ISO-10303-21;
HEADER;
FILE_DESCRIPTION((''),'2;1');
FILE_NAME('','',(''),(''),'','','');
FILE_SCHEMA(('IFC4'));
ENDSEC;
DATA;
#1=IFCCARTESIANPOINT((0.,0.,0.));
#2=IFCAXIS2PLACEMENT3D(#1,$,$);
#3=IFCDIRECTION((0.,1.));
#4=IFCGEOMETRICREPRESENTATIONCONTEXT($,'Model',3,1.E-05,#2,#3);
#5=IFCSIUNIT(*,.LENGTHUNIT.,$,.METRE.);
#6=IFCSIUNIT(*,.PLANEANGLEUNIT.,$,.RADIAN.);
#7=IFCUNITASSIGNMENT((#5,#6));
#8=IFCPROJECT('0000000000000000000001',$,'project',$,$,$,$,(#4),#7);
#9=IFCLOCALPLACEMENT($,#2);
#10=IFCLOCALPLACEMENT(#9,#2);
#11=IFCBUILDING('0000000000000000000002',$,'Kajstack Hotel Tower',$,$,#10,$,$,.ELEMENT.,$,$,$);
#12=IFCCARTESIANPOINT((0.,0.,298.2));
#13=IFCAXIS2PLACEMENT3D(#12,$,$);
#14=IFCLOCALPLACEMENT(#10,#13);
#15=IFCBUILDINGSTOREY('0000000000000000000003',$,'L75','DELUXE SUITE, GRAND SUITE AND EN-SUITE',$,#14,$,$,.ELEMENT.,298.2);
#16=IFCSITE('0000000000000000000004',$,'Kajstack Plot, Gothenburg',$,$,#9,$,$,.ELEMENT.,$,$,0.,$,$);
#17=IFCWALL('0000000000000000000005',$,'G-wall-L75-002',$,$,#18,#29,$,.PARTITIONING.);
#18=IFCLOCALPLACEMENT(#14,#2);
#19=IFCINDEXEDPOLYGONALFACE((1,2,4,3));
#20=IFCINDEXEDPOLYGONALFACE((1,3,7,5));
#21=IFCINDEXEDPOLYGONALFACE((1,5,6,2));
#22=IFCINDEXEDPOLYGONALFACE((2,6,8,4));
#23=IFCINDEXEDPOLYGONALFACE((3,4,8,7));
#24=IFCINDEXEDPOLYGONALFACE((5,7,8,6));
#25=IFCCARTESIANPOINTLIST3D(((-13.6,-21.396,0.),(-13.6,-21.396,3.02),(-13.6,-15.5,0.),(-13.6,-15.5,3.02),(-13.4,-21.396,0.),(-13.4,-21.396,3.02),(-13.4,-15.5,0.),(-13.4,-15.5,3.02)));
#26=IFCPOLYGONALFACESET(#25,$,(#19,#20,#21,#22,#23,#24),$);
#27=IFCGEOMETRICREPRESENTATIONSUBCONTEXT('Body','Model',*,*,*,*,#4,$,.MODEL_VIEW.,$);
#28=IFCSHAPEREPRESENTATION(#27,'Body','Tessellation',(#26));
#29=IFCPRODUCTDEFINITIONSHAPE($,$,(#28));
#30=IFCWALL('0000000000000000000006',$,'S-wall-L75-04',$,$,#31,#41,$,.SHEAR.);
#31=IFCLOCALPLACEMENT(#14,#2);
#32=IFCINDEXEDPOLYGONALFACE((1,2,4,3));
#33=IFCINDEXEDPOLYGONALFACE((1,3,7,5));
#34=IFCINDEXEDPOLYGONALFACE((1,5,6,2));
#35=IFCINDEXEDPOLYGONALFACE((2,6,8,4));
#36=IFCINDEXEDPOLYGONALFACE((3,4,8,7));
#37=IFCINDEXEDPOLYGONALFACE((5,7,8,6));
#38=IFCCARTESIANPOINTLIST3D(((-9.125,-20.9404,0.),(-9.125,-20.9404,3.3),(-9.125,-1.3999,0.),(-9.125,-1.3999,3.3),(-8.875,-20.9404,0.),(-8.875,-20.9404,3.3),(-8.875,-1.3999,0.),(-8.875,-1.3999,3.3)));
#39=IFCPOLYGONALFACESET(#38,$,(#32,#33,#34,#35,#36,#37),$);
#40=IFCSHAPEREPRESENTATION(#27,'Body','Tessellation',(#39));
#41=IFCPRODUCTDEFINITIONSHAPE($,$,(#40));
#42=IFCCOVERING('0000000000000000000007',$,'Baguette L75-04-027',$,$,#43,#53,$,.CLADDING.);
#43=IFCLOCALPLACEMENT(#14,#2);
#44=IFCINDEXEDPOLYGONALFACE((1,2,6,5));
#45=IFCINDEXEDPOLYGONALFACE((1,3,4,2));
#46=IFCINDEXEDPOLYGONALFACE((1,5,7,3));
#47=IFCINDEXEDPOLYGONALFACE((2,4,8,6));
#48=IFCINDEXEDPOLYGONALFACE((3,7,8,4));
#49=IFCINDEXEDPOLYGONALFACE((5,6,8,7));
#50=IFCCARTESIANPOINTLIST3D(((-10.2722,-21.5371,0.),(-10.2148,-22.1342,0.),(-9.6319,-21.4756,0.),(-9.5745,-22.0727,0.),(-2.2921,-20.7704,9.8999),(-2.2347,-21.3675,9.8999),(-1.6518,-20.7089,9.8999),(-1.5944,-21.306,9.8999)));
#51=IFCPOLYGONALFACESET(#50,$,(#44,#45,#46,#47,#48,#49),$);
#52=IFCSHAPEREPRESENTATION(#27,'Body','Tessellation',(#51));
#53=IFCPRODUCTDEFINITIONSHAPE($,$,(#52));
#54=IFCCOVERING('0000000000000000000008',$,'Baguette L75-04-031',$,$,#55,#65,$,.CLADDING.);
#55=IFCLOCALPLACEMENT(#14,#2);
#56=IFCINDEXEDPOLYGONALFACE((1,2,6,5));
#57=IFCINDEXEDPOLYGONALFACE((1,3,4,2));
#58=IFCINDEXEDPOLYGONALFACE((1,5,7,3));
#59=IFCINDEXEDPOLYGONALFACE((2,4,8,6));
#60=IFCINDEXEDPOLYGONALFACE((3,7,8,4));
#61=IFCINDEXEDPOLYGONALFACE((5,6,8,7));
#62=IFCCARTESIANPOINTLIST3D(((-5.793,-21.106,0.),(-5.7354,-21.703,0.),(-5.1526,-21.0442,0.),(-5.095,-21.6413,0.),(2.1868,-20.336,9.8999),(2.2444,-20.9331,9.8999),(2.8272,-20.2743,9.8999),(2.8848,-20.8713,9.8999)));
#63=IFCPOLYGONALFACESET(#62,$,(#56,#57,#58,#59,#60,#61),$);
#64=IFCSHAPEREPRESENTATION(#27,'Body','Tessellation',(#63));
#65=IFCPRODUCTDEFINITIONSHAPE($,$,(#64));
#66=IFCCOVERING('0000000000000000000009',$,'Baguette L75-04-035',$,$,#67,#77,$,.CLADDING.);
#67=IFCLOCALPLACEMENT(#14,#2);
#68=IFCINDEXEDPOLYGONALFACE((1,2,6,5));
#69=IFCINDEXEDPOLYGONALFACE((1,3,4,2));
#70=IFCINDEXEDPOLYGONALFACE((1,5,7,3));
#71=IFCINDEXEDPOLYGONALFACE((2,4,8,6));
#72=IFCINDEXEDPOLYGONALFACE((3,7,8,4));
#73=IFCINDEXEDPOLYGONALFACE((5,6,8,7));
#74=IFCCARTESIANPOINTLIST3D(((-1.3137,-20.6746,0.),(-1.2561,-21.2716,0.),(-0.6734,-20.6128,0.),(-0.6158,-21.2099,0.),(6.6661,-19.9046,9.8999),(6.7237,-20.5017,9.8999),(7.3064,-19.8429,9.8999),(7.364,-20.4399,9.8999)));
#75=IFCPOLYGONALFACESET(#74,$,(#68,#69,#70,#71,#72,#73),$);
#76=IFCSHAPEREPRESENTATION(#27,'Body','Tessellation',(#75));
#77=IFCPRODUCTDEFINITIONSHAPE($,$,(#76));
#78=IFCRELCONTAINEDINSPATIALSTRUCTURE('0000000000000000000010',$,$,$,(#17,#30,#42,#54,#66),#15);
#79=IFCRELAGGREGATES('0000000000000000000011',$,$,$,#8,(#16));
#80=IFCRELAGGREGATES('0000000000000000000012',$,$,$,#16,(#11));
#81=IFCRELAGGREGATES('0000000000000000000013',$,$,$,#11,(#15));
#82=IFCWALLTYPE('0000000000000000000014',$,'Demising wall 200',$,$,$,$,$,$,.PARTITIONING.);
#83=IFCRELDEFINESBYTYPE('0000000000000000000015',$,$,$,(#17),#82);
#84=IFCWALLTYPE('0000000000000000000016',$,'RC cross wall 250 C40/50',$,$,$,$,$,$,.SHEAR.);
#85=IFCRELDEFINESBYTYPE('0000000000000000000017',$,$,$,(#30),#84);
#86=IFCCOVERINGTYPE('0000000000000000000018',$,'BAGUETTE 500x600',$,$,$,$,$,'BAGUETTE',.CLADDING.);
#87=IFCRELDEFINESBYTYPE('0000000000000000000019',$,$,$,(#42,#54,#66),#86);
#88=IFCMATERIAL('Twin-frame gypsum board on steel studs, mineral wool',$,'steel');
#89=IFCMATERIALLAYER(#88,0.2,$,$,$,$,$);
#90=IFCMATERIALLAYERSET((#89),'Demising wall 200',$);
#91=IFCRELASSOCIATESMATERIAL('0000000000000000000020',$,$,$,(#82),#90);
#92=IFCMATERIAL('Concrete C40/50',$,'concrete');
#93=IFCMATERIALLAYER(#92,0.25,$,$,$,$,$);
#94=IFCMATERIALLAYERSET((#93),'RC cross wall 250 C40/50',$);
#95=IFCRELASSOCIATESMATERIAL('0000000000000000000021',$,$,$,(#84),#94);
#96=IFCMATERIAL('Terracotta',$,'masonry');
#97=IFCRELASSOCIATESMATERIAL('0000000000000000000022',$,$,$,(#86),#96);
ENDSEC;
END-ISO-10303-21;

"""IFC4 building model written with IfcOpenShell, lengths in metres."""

from ifc_helpers import new_model, si_unit, direction, frame, frame_2d, origin, origin_2d, place, context, subcontext, project, spatial, polyline, rectangle, outline, extrude, material, layer, layer_set, material_profile, profile_set, type_object, element, save


model = new_model("IFC4")

# Units and contexts
model_context = context("Model", 3, precision=1e-05, world=origin(), true_north=direction((0.0, 1.0)))
body_context = subcontext(model_context, "Body", "Model", "MODEL_VIEW")
ifc_project = project(units=[si_unit("LENGTHUNIT", "METRE"), si_unit("PLANEANGLEUNIT", "RADIAN")], contexts=[model_context])

# Site, building, storey
site_placement = place(None, origin())
site = spatial("IfcSite", under=ifc_project, at=site_placement, Name="Kajstack Plot, Gothenburg", CompositionType="ELEMENT", RefElevation=0.0)
building_placement = place(site_placement, origin())
building = spatial("IfcBuilding", under=site, at=building_placement, Name="Kajstack Hotel Tower", CompositionType="ELEMENT")
storey_placement = place(building_placement, frame((0.0, 0.0, 298.2)))
storey = spatial("IfcBuildingStorey", under=building, at=storey_placement, Name="L75", Description="DELUXE SUITE, GRAND SUITE AND EN-SUITE", CompositionType="ELEMENT", Elevation=298.2)

# Wall
ifc_material_1 = material(Name="Twin-frame gypsum board on steel studs, mineral wool", Category="steel")
ifc_layer_1 = layer(ifc_material_1, 0.2)
ifc_layer_set_1 = layer_set([ifc_layer_1], Name="Demising wall 200")
wall_type_1 = type_object("IfcWallType", Name="Demising wall 200", PredefinedType="PARTITIONING", material=ifc_layer_set_1)
wall_1_placement = place(storey_placement, frame((-13.5, -21.396, 0.0), z_axis=(0.0, 0.0, 1.0), x_axis=(0.0, 1.0, 0.0)))
element("IfcWall", 1, at=wall_1_placement, inside=storey, type_object=wall_type_1, Name="G-wall-L75-002", PredefinedType="PARTITIONING", context=body_context, shape_type="SweptSolid", body=[
    extrude(rectangle(XDim=5.896, YDim=0.2, at=frame_2d((2.948, 0.0))), origin(), (0.0, 0.0, 1.0), 3.02),
])

# Wall
ifc_material_2 = material(Name="Concrete C40/50", Category="concrete")
ifc_layer_2 = layer(ifc_material_2, 0.25)
ifc_layer_set_2 = layer_set([ifc_layer_2], Name="RC cross wall 250 C40/50")
wall_type_2 = type_object("IfcWallType", Name="RC cross wall 250 C40/50", PredefinedType="SHEAR", material=ifc_layer_set_2)
wall_2_placement = place(storey_placement, frame((-9.0, -20.9404, 0.0), z_axis=(0.0, 0.0, 1.0), x_axis=(0.0, 1.0, 0.0)))
element("IfcWall", 2, at=wall_2_placement, inside=storey, type_object=wall_type_2, Name="S-wall-L75-04", PredefinedType="SHEAR", context=body_context, shape_type="SweptSolid", body=[
    extrude(rectangle(XDim=19.5405, YDim=0.25, at=frame_2d((9.7703, 0.0))), origin(), (0.0, 0.0, 1.0), 3.3),
])

# Coverings
ifc_material_3 = material(Name="Terracotta", Category="masonry")
ifc_material_profile = material_profile(ifc_material_3, rectangle(XDim=0.6001, YDim=0.5, at=origin_2d()), Name="Terracotta-clad concrete baguette 500 x 600")
ifc_profile_set = profile_set([ifc_material_profile], Name="Terracotta")
covering_type = type_object("IfcCoveringType", Name="BAGUETTE 500x600", ElementType="BAGUETTE", PredefinedType="CLADDING", material=ifc_profile_set)
for number, where, z_axis, x_axis, name in (
    (3, (-10.2722, -21.5371, 0.0), (0.095635, -0.995416, 0.0), (0.995416, 0.095635, 0.0), "Baguette L75-04-027"),
    (4, (-5.793, -21.106, 0.0), (0.096038, -0.995378, 0.0), (0.995378, 0.096038, 0.0), "Baguette L75-04-031"),
    (5, (-1.3137, -20.6746, 0.0), (0.096038, -0.995378, 0.0), (0.995378, 0.096038, 0.0), "Baguette L75-04-035"),
):
    element("IfcCovering", number, at=place(storey_placement, frame(where, z_axis=z_axis, x_axis=x_axis)), inside=storey, type_object=covering_type, Name=name, PredefinedType="CLADDING", context=body_context, shape_type="SweptSolid", body=[
        extrude(outline(polyline([(8.0168, 9.8999), (0.0, 0.0), (0.6433, 0.0), (8.6602, 9.8999), (8.0168, 9.8999)])), origin(), (0.0, 0.0, 1.0), 0.5999),
    ])

save(model, "model.ifc")
